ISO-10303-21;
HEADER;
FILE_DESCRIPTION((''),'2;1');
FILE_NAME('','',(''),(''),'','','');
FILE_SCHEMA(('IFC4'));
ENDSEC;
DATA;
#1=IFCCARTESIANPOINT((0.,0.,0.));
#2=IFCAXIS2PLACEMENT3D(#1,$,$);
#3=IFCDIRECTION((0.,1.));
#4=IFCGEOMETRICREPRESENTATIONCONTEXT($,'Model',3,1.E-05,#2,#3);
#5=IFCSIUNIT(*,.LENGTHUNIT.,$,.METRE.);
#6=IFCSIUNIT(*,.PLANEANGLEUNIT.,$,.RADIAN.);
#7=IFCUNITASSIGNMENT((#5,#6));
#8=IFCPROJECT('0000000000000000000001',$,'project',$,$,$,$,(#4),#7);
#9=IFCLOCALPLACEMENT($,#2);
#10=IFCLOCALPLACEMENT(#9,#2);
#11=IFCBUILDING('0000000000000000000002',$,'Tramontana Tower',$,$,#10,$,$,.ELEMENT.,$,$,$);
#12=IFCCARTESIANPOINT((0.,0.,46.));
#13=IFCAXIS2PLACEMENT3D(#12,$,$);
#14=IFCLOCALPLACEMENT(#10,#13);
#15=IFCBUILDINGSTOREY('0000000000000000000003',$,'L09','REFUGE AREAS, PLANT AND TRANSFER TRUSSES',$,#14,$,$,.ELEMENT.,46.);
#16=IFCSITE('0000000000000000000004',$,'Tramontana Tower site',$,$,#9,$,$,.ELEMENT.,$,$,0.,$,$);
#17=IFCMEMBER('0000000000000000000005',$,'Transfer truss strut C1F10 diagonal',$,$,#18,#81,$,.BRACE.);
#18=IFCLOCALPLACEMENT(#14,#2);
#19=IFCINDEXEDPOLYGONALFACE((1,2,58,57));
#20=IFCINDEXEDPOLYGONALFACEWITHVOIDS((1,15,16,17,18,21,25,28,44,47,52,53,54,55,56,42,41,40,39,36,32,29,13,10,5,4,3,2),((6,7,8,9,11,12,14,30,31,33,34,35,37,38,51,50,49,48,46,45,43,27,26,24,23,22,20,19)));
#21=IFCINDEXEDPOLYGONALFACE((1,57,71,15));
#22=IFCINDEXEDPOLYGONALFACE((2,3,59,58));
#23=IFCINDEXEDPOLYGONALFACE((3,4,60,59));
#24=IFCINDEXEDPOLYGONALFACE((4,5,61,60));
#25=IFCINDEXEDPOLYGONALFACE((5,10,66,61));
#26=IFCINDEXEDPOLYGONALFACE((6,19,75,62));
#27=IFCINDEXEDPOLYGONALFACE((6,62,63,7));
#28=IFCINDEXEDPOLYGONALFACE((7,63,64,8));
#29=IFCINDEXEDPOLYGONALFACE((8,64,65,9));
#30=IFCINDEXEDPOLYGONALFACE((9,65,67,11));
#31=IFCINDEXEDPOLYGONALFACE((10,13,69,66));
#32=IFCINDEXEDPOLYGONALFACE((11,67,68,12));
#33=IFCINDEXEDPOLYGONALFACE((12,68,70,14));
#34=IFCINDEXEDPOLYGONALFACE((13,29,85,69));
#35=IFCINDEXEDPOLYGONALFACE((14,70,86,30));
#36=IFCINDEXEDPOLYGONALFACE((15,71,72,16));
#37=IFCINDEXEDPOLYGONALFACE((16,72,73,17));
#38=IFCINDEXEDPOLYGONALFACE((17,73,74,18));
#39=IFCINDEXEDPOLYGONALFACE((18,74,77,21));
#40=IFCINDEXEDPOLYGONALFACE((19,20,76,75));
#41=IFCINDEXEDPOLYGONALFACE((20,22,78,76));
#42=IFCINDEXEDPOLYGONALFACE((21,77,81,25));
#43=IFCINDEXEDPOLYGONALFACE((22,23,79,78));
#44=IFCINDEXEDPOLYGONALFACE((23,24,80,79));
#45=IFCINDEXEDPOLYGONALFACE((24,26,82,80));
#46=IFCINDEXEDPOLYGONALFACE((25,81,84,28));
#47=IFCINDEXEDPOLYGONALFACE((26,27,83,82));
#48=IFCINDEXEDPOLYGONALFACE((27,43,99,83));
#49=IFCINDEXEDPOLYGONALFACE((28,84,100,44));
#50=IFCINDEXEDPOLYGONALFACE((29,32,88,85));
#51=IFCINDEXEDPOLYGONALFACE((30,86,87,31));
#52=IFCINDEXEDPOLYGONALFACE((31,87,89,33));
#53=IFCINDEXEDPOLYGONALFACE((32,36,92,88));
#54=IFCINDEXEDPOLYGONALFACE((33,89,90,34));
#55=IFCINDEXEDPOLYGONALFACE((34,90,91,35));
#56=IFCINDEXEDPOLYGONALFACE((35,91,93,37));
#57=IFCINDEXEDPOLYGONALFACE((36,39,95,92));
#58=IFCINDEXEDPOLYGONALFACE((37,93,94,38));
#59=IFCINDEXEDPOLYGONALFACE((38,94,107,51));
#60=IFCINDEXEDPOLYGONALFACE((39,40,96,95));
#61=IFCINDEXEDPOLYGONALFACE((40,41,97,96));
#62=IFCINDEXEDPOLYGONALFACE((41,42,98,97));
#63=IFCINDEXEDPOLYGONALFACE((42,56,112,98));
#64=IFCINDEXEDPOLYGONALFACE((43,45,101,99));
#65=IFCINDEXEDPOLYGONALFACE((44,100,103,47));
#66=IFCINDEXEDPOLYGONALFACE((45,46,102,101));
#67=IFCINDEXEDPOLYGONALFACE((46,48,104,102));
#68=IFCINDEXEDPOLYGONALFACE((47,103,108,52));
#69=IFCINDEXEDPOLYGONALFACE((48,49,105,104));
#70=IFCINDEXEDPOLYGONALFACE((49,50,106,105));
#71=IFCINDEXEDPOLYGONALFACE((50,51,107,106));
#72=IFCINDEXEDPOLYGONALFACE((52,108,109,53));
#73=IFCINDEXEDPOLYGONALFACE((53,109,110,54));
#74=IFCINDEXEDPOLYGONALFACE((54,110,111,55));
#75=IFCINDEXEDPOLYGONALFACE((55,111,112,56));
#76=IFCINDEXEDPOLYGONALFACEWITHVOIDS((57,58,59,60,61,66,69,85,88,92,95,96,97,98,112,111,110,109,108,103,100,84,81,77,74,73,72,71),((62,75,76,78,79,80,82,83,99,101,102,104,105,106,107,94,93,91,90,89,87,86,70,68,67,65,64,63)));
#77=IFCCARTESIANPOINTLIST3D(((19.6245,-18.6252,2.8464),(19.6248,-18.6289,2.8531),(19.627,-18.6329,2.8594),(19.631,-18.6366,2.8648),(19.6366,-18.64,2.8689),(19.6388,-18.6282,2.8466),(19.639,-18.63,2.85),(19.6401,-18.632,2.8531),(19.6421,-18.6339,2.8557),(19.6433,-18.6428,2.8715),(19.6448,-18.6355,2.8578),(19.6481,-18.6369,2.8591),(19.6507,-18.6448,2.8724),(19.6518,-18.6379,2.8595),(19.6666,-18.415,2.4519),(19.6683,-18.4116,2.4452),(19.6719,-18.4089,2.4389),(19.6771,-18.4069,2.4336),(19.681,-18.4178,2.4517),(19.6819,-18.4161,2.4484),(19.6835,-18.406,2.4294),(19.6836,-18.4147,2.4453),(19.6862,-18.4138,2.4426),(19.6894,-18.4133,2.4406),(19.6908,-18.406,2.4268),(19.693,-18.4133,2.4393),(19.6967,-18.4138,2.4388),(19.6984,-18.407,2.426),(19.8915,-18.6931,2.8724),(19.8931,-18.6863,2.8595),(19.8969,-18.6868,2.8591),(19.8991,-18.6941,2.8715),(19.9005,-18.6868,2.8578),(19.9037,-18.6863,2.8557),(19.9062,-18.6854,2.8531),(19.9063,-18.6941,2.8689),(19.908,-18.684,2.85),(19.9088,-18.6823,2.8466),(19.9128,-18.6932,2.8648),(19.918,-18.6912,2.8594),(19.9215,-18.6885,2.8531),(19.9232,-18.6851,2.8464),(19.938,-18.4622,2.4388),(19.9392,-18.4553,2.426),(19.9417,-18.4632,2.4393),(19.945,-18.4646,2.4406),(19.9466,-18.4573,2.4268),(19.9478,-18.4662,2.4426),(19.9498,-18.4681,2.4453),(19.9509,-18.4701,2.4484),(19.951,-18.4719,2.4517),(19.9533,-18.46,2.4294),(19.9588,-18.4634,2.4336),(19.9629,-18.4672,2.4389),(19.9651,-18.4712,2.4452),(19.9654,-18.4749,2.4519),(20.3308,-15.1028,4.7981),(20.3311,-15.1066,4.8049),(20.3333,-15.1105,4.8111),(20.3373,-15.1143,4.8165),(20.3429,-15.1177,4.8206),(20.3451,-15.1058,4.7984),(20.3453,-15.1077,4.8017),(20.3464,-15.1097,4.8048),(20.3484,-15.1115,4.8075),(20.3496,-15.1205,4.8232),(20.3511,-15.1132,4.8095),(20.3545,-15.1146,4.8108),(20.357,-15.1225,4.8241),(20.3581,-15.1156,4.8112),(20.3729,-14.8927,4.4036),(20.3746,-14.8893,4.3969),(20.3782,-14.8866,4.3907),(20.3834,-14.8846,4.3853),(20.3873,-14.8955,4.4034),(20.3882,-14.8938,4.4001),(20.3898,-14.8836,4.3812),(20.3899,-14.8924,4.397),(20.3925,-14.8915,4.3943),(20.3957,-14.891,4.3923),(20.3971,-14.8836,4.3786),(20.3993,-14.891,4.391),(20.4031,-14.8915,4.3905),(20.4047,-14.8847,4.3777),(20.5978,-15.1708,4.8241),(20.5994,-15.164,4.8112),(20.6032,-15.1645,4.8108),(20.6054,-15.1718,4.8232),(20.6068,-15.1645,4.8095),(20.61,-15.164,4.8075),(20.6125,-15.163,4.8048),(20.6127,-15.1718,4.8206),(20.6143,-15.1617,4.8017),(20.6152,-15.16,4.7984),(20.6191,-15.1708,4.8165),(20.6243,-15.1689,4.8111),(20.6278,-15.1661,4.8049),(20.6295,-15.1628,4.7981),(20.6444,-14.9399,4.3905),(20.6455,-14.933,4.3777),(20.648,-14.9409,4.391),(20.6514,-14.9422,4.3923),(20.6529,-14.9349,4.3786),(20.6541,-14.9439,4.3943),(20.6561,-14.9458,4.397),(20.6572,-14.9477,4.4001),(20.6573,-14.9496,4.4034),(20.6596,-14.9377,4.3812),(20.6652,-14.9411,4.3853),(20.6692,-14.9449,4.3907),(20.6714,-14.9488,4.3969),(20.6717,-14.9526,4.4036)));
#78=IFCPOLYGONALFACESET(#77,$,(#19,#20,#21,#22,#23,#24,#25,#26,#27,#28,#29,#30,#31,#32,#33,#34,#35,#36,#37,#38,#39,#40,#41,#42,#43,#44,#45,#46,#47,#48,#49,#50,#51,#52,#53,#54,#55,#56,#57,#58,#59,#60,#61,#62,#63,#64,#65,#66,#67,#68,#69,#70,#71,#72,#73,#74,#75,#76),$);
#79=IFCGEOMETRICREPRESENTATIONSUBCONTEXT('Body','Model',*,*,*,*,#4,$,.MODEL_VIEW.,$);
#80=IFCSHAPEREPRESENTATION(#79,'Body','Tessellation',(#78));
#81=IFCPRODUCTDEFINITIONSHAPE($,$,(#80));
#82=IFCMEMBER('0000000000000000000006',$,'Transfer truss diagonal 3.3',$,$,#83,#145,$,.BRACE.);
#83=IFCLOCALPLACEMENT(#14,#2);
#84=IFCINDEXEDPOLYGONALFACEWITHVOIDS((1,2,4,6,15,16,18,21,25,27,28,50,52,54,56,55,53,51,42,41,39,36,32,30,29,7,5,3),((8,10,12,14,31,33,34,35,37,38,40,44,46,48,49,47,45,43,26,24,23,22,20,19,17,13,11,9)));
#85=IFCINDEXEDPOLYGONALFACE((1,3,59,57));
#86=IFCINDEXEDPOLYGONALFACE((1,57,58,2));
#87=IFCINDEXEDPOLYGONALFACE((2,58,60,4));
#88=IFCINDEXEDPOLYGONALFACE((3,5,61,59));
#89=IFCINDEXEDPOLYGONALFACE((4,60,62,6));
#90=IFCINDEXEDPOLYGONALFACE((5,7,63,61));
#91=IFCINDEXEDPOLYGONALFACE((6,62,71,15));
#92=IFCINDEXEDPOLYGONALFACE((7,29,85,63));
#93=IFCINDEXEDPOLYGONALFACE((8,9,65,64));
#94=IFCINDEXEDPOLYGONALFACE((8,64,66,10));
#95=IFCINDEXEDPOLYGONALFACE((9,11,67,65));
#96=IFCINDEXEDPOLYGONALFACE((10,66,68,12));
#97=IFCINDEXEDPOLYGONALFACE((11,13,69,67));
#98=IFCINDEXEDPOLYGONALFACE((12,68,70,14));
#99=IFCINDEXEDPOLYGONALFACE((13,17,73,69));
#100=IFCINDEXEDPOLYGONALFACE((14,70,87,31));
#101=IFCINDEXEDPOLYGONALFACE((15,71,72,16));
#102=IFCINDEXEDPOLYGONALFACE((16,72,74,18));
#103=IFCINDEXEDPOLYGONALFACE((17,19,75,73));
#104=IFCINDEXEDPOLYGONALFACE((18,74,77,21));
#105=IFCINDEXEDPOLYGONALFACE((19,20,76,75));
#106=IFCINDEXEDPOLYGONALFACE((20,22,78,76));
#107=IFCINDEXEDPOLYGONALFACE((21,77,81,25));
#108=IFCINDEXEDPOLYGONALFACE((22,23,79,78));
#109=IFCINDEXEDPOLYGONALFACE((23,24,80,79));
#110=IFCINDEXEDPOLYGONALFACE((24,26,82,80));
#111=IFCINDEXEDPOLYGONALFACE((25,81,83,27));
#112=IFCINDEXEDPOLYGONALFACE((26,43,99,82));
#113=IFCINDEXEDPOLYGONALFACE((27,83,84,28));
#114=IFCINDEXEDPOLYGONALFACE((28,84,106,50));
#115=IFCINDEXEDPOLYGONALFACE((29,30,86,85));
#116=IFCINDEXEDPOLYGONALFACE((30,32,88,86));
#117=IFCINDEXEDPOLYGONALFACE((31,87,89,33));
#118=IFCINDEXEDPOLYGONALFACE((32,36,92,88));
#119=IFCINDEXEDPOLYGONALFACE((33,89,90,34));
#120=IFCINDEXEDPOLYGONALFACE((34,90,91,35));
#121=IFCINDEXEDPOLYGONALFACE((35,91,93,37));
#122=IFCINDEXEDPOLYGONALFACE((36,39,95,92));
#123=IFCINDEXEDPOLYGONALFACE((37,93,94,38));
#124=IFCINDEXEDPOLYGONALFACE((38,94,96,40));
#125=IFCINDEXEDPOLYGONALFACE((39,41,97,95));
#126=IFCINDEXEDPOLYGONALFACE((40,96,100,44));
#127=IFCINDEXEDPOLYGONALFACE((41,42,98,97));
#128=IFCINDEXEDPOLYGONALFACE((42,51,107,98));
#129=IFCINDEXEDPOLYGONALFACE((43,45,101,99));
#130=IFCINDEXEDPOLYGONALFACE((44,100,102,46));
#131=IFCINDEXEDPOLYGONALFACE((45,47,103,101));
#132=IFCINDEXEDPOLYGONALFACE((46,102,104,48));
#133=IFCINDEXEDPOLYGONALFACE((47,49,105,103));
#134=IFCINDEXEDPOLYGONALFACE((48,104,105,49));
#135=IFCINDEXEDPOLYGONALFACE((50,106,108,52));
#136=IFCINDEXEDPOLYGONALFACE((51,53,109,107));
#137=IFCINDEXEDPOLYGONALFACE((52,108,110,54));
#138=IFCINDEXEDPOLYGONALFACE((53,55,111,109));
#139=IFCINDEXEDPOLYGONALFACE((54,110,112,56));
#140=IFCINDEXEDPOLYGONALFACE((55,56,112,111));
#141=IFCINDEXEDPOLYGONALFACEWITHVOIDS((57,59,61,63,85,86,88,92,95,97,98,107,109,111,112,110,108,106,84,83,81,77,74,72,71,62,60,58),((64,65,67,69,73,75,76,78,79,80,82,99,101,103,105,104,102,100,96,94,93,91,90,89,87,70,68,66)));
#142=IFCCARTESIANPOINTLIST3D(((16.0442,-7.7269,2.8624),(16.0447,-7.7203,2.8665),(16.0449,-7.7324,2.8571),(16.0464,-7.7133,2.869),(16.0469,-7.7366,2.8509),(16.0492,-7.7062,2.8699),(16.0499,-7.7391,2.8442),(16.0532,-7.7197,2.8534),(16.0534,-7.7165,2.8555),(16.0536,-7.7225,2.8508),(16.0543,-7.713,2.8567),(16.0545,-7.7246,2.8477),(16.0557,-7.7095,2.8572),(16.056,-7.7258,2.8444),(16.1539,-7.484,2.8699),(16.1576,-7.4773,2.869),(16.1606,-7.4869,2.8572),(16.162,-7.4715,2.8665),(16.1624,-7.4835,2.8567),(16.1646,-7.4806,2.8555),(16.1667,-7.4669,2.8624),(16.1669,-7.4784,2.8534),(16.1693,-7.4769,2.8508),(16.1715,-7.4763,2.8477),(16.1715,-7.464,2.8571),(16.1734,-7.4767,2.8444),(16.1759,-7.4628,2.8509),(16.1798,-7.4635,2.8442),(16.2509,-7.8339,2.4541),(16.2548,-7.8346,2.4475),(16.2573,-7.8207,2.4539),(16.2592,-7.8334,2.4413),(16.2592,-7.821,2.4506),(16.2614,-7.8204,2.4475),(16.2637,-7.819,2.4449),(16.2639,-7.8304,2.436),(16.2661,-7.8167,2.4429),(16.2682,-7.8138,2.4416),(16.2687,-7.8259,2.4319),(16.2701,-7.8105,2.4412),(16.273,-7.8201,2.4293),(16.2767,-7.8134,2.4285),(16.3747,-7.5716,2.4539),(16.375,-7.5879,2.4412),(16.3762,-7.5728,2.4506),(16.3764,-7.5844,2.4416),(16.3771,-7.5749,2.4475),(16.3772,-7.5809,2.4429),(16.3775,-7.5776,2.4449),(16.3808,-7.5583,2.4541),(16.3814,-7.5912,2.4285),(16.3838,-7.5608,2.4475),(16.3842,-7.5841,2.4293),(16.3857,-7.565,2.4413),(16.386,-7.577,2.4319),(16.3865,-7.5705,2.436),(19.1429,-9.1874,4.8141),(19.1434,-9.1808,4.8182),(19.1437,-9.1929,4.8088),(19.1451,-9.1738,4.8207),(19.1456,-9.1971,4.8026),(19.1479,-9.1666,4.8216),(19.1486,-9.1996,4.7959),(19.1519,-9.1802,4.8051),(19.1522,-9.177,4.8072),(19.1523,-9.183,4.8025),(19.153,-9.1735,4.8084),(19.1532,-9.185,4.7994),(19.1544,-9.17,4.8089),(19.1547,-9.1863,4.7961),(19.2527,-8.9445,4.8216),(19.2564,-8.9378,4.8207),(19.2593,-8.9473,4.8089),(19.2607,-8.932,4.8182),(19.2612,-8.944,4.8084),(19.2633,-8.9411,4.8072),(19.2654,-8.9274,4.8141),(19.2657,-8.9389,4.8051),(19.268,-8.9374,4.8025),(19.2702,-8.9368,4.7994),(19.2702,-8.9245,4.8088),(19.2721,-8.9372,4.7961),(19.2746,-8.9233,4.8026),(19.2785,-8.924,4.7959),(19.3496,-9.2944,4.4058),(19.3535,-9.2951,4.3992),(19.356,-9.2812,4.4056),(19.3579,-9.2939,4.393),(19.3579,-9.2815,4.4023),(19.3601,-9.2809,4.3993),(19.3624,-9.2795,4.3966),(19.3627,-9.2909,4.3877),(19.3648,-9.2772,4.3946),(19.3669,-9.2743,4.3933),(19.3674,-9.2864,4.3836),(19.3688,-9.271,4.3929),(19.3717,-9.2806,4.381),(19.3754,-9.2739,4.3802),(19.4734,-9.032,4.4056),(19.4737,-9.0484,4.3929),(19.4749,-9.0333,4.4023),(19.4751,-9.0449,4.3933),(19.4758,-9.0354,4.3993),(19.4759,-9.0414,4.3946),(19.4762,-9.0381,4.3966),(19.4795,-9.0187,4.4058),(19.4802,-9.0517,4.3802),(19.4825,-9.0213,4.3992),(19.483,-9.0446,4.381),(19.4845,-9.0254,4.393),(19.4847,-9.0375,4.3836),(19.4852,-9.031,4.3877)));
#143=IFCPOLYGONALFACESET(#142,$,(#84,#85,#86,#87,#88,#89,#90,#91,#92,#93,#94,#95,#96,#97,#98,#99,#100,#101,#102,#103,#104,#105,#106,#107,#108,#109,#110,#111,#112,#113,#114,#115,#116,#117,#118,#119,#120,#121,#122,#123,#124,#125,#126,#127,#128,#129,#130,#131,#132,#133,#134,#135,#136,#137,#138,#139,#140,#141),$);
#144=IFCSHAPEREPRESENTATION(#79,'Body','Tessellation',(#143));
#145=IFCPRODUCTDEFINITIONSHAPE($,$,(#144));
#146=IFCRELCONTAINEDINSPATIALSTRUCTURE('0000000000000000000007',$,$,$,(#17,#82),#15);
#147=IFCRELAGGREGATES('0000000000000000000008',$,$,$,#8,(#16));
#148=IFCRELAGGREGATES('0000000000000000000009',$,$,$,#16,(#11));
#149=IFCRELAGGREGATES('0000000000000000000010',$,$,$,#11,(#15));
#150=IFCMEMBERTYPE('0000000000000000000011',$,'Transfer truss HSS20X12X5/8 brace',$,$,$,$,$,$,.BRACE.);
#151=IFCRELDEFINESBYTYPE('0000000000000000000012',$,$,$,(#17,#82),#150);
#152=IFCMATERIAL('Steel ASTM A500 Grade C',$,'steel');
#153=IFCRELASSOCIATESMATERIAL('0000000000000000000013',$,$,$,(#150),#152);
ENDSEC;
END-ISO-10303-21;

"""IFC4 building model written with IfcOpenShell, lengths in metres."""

from ifc_helpers import new_model, si_unit, direction, frame, origin, origin_2d, place, context, subcontext, project, spatial, hollow_rectangle, extrude, material, material_profile, profile_set, type_object, element, save


model = new_model("IFC4")

# Units and contexts
model_context = context("Model", 3, precision=1e-05, world=origin(), true_north=direction((0.0, 1.0)))
body_context = subcontext(model_context, "Body", "Model", "MODEL_VIEW")
ifc_project = project(units=[si_unit("LENGTHUNIT", "METRE"), si_unit("PLANEANGLEUNIT", "RADIAN")], contexts=[model_context])

# Site, building, storey
site_placement = place(None, origin())
site = spatial("IfcSite", under=ifc_project, at=site_placement, Name="Tramontana Tower site", CompositionType="ELEMENT", RefElevation=0.0)
building_placement = place(site_placement, origin())
building = spatial("IfcBuilding", under=site, at=building_placement, Name="Tramontana Tower", CompositionType="ELEMENT")
storey_placement = place(building_placement, frame((0.0, 0.0, 46.0)))
storey = spatial("IfcBuildingStorey", under=building, at=storey_placement, Name="L09", Description="REFUGE AREAS, PLANT AND TRANSFER TRUSSES", CompositionType="ELEMENT", Elevation=46.0)

# Members
ifc_material_1 = material(Name="Steel ASTM A500 Grade C", Category="steel")
ifc_material_profile_1 = material_profile(ifc_material_1, hollow_rectangle(XDim=0.3047, YDim=0.5081, WallThickness=0.0146, InnerFilletRadius=0.0146, OuterFilletRadius=0.0295, at=origin_2d()), Name="HSS20X12X5/8")
ifc_profile_set_1 = profile_set([ifc_material_profile_1], Name="Steel ASTM A500 Grade C")
member_type_1 = type_object("IfcMemberType", Name="Transfer truss HSS20X12X5/8 brace", PredefinedType="BRACE", material=ifc_profile_set_1)
member_1_placement = place(storey_placement, frame((19.7949, -18.55, 2.6492), z_axis=(0.172763, 0.861545, 0.477382), x_axis=(-0.980481, 0.196613, 0.0)))
element("IfcMember", 1, at=member_1_placement, inside=storey, type_object=member_type_1, Name="Transfer truss strut C1F10 diagonal", PredefinedType="BRACE", context=body_context, shape_type="SweptSolid", body=[
    extrude(hollow_rectangle(XDim=0.3047, YDim=0.5081, WallThickness=0.0146, InnerFilletRadius=0.0146, OuterFilletRadius=0.0295, at=origin_2d()), origin(), (0.0, 0.0, 1.0), 4.0884),
])
member_2_placement = place(storey_placement, frame((16.2153, -7.6487, 2.6492), z_axis=(0.785954, -0.370436, 0.495029), x_axis=(0.426339, 0.904563, 0.0)))
element("IfcMember", 2, at=member_2_placement, inside=storey, type_object=member_type_1, Name="Transfer truss diagonal 3.3", PredefinedType="BRACE", context=body_context, shape_type="SweptSolid", body=[
    extrude(hollow_rectangle(XDim=0.3047, YDim=0.5081, WallThickness=0.0146, InnerFilletRadius=0.0146, OuterFilletRadius=0.0295, at=origin_2d()), origin(), (0.0, 0.0, 1.0), 3.9426),
])

save(model, "model.ifc")
